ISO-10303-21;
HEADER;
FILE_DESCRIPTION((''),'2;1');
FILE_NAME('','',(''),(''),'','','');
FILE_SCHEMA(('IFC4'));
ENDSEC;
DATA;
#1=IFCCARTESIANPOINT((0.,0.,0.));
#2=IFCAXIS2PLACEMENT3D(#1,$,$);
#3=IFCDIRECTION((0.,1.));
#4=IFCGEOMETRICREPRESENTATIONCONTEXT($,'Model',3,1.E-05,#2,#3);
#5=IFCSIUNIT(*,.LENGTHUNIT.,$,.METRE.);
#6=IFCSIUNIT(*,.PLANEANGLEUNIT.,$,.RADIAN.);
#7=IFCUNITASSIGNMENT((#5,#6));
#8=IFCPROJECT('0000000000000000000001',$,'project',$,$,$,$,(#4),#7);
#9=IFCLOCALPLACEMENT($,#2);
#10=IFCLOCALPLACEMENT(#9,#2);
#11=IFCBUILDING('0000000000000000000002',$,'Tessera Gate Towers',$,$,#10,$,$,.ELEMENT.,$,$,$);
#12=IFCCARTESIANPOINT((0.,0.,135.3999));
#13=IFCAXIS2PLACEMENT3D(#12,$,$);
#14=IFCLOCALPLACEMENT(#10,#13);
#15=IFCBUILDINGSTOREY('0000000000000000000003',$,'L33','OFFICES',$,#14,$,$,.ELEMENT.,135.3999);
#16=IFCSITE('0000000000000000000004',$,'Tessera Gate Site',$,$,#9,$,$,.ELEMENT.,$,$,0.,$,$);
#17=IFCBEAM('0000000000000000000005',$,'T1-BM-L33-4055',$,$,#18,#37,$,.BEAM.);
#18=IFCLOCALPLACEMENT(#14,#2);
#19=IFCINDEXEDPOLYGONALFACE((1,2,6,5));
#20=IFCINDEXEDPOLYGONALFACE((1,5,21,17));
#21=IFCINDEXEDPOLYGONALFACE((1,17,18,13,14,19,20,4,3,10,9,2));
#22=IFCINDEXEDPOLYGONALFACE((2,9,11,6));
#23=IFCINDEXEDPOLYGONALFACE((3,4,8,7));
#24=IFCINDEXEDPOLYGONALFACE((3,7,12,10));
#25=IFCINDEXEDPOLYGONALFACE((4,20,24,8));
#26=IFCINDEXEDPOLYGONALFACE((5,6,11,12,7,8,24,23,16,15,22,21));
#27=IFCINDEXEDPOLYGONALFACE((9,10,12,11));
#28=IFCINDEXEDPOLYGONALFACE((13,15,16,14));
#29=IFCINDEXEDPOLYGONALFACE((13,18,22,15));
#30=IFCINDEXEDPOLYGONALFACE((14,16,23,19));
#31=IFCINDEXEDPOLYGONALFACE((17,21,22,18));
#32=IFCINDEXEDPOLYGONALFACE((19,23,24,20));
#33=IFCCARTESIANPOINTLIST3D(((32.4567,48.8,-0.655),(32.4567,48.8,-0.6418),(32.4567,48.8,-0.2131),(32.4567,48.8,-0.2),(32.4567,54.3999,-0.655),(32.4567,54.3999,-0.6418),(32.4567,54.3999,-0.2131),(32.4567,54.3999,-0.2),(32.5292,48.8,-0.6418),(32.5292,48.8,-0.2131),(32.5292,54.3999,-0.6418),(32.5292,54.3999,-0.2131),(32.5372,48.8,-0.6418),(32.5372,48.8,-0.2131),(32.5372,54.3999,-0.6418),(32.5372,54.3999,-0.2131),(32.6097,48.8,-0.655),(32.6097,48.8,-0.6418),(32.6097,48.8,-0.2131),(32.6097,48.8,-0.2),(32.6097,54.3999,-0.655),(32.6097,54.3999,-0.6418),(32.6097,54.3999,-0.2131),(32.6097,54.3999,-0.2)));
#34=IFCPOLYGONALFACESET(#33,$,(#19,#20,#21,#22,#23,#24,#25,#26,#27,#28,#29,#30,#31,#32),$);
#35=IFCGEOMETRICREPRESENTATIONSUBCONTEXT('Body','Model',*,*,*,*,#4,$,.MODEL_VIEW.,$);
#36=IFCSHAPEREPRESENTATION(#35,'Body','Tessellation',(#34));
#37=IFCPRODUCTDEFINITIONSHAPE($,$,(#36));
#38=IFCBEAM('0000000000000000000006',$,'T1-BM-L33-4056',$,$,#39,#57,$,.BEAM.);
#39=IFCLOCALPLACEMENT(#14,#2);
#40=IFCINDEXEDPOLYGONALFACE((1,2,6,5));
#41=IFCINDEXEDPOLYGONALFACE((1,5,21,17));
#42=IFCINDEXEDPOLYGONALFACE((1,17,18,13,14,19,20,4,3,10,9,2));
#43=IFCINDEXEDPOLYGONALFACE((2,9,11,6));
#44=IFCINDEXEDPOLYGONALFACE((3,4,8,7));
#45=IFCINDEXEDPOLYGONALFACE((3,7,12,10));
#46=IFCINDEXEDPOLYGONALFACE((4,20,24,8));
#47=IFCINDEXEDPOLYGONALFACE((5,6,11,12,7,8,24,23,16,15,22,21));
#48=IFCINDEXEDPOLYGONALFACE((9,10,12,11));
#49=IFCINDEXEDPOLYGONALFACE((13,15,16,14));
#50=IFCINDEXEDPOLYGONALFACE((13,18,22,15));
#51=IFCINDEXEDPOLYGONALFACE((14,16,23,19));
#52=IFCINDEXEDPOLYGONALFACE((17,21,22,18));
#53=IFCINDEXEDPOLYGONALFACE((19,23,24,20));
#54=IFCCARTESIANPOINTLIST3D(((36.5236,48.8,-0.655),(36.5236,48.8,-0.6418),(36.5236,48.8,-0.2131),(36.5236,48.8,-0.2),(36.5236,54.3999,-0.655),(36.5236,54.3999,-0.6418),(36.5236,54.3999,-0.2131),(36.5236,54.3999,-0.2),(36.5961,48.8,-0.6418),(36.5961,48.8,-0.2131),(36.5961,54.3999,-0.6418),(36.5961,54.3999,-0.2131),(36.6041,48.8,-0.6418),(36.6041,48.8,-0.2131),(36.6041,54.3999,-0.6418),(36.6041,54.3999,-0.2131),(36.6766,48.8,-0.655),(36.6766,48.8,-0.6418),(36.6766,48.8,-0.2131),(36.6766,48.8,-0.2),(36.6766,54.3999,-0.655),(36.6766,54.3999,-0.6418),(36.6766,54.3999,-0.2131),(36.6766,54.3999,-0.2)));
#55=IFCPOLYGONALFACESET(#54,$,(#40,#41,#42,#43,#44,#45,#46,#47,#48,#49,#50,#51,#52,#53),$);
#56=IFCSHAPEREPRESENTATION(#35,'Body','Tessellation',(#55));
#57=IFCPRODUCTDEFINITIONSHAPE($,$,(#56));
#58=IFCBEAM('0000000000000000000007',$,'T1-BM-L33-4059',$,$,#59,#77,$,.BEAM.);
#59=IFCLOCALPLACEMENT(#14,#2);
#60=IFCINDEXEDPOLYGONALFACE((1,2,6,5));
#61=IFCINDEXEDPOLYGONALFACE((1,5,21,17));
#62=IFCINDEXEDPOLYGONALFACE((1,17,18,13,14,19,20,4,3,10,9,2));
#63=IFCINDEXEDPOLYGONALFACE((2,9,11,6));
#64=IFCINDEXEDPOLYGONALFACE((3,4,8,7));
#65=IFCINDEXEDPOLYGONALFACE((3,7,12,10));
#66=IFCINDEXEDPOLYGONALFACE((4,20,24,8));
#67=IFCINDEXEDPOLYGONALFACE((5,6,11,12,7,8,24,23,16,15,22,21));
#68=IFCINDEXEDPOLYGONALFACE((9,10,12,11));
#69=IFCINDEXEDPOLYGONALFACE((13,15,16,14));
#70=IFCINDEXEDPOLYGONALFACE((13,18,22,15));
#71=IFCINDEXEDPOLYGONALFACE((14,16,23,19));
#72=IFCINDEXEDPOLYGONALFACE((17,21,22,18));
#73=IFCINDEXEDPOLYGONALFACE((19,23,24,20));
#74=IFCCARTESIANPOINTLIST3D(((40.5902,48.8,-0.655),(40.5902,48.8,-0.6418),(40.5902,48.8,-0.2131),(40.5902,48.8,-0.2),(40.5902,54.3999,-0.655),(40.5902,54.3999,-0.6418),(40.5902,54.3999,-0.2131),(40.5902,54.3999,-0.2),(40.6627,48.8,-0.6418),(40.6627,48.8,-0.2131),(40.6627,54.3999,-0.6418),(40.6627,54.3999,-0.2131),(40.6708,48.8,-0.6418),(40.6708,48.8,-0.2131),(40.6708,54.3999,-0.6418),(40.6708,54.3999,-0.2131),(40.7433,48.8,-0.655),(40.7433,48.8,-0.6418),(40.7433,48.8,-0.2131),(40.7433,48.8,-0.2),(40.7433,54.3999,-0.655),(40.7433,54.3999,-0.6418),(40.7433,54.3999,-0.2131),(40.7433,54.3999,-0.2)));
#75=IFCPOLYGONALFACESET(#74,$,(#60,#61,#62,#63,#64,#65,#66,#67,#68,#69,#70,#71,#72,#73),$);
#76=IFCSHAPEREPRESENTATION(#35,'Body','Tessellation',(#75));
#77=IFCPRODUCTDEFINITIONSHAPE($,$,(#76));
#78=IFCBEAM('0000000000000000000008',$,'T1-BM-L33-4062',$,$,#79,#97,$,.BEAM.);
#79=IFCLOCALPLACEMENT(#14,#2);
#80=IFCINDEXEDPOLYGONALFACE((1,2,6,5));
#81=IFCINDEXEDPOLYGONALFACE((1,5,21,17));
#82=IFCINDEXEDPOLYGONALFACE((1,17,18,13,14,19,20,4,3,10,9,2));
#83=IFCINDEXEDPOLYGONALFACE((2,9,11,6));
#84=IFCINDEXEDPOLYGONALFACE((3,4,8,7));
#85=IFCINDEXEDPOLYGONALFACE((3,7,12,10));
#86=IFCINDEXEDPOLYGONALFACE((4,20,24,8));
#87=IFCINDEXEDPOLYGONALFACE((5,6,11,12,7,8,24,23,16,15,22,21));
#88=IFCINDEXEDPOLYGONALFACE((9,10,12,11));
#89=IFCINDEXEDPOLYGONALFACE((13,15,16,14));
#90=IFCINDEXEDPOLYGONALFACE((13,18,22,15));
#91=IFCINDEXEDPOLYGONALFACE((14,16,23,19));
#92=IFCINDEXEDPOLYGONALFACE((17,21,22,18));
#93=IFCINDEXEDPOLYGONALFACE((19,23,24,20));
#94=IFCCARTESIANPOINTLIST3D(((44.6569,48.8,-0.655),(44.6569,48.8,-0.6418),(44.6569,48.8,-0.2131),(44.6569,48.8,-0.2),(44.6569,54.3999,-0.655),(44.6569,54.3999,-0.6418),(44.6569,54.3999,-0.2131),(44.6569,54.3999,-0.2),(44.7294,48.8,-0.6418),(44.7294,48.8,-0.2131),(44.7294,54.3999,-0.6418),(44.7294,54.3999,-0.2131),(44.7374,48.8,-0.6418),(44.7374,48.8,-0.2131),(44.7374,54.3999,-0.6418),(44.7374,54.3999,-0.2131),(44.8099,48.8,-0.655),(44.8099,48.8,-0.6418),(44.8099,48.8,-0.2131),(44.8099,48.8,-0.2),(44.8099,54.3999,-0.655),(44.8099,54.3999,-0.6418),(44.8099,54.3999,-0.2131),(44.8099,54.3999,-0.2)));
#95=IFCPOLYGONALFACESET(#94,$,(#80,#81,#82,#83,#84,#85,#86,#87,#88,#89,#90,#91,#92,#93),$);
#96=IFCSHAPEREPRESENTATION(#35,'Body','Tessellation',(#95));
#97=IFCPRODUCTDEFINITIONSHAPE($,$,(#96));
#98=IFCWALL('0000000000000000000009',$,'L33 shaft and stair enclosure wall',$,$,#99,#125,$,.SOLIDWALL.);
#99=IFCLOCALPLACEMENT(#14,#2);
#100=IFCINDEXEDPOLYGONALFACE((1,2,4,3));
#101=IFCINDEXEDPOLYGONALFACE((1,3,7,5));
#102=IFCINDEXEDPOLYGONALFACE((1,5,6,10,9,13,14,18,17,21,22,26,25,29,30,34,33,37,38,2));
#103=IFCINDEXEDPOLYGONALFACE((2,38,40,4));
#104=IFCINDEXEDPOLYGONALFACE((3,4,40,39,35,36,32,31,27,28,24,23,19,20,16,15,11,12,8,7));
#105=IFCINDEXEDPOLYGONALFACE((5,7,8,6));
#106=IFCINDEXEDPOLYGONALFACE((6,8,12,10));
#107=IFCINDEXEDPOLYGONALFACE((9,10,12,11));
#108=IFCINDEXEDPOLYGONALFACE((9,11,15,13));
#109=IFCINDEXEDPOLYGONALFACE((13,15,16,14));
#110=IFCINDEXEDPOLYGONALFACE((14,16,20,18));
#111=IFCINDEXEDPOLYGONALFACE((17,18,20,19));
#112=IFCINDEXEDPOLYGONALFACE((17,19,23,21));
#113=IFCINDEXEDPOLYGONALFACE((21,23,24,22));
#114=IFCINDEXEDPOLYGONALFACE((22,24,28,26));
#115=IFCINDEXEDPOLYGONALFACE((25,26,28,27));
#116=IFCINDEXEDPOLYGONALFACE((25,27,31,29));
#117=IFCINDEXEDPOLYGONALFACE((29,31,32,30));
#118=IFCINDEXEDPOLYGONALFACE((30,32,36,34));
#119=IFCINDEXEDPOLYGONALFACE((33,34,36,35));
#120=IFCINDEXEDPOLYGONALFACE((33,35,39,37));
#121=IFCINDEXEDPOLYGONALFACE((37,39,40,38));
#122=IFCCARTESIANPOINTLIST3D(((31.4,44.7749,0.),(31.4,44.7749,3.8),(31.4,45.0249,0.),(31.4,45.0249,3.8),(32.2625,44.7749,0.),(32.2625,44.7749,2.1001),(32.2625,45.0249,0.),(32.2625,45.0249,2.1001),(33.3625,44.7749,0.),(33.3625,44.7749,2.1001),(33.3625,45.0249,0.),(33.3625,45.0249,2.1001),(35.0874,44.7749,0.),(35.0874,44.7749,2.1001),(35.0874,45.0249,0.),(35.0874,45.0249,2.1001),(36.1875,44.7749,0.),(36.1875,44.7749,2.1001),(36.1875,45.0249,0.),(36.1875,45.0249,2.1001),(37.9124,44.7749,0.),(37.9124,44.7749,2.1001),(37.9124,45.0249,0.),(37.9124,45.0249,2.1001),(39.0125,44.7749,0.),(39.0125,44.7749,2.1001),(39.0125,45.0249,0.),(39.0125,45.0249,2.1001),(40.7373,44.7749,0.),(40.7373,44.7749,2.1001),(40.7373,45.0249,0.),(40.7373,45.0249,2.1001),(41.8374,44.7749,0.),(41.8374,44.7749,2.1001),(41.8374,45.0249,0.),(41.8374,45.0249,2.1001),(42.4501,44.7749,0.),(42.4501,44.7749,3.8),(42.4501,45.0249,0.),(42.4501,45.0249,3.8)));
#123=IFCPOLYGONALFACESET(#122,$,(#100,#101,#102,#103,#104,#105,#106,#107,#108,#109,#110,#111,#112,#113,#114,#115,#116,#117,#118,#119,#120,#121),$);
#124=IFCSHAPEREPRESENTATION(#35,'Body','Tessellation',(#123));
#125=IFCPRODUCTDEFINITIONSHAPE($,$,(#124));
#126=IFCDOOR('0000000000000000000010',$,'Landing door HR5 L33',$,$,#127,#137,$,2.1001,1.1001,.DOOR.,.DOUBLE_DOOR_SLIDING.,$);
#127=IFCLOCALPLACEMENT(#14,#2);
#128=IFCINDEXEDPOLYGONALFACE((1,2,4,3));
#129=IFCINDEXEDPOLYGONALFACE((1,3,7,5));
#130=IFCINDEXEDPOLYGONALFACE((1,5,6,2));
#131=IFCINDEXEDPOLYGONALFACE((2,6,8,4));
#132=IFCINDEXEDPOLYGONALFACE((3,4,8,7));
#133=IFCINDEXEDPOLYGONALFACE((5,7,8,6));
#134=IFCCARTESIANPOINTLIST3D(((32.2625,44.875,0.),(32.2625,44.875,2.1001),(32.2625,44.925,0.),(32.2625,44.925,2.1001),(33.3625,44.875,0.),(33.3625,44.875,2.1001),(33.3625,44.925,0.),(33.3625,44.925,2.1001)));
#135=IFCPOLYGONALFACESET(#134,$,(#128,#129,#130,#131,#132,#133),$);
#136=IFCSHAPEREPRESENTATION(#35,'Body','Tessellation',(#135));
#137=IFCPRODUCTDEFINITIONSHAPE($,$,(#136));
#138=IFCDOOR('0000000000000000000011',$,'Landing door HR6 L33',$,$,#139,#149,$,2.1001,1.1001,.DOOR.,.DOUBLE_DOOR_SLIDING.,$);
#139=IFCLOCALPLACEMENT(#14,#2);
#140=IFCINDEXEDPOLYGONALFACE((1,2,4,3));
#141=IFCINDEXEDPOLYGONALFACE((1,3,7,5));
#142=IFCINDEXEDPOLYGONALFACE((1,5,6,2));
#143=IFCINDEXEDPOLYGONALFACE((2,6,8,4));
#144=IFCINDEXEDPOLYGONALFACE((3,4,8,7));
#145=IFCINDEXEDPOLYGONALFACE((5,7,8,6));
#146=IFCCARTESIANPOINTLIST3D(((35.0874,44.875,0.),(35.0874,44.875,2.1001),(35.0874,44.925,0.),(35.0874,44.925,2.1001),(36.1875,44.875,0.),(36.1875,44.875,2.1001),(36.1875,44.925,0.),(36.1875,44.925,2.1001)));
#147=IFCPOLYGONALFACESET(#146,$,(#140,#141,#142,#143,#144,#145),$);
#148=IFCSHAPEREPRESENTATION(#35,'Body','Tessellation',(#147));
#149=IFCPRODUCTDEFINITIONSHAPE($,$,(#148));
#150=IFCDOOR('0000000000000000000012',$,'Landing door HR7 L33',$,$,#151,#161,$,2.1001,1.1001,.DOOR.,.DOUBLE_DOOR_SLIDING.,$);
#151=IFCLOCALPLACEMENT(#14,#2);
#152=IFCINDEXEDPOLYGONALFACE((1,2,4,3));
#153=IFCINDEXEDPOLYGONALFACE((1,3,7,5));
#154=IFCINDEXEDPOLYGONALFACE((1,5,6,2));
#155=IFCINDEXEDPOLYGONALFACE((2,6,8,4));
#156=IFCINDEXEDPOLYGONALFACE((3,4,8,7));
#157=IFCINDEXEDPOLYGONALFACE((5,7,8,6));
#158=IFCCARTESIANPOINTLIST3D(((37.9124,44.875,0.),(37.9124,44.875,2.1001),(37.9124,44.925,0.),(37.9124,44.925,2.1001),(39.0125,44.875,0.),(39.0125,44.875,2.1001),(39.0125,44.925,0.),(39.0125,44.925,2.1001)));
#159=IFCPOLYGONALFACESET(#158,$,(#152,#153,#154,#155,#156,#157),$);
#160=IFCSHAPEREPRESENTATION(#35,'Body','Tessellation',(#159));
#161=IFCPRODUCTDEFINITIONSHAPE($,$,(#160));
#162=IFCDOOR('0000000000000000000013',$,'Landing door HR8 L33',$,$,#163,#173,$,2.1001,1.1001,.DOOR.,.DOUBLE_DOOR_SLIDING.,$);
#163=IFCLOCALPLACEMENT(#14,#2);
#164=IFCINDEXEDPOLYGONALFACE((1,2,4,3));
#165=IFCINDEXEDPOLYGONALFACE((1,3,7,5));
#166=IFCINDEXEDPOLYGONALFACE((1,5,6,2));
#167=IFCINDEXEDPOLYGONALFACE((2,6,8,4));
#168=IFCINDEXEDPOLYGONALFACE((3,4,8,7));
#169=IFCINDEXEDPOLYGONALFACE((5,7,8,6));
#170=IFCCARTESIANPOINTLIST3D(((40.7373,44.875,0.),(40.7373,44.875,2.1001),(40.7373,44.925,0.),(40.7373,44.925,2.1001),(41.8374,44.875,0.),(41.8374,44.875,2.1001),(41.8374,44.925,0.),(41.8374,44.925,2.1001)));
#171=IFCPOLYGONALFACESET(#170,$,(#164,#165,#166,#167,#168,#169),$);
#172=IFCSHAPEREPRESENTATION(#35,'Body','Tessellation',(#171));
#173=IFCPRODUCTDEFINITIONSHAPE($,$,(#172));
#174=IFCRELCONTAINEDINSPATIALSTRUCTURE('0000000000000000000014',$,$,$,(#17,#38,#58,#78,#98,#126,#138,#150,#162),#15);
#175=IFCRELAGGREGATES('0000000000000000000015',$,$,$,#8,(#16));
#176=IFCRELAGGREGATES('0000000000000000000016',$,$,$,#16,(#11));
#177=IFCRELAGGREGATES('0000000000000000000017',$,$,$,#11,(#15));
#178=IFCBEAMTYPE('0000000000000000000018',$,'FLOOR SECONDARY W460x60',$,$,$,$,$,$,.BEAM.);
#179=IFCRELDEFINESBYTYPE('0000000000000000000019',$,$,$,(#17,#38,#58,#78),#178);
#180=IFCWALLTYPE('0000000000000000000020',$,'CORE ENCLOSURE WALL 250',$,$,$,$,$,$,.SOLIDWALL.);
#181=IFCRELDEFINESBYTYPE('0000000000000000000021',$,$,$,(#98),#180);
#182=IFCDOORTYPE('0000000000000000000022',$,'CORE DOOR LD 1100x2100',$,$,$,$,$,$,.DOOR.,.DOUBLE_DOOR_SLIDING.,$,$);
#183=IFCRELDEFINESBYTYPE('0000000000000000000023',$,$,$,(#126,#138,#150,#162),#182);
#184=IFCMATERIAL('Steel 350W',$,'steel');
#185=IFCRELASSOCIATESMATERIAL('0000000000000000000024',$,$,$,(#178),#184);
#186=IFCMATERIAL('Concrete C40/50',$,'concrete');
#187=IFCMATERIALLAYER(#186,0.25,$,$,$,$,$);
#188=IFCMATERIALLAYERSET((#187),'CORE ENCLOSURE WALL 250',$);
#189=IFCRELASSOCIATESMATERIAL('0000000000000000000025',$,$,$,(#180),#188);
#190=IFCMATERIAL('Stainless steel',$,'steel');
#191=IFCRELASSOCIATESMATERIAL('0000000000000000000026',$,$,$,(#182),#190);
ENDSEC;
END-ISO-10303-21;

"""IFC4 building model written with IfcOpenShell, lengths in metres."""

from ifc_helpers import new_model, si_unit, direction, frame, frame_2d, origin, origin_2d, place, context, subcontext, project, spatial, rectangle, i_section, extrude, source, transform, mapped, material, layer, layer_set, material_profile, profile_set, type_object, element, fill, save


model = new_model("IFC4")

# Units and contexts
model_context = context("Model", 3, precision=1e-05, world=origin(), true_north=direction((0.0, 1.0)))
body_context = subcontext(model_context, "Body", "Model", "MODEL_VIEW")
ifc_project = project(units=[si_unit("LENGTHUNIT", "METRE"), si_unit("PLANEANGLEUNIT", "RADIAN")], contexts=[model_context])

# Site, building, storey
site_placement = place(None, origin())
site = spatial("IfcSite", under=ifc_project, at=site_placement, Name="Tessera Gate Site", CompositionType="ELEMENT", RefElevation=0.0)
building_placement = place(site_placement, origin())
building = spatial("IfcBuilding", under=site, at=building_placement, Name="Tessera Gate Towers", CompositionType="ELEMENT")
storey_placement = place(building_placement, frame((0.0, 0.0, 135.3999)))
storey = spatial("IfcBuildingStorey", under=building, at=storey_placement, Name="L33", Description="OFFICES", CompositionType="ELEMENT", Elevation=135.3999)

# Beams
ifc_material_1 = material(Name="Steel 350W", Category="steel")
ifc_material_profile = material_profile(ifc_material_1, i_section(OverallWidth=0.1531, OverallDepth=0.4551, WebThickness=0.0081, FlangeThickness=0.0132, at=origin_2d()), Name="W460x60")
ifc_profile_set = profile_set([ifc_material_profile], Name="Steel 350W")
beam_type = type_object("IfcBeamType", Name="FLOOR SECONDARY W460x60", PredefinedType="BEAM", material=ifc_profile_set)
for number, where, z_axis, x_axis, name in (
    (1, (32.5332, 48.8, -0.4275), (0.0, 1.0, 0.0), (-1.0, 0.0, 0.0), "T1-BM-L33-4055"),
    (2, (36.6001, 48.8, -0.4275), (0.0, 1.0, 0.0), (-1.0, 0.0, 0.0), "T1-BM-L33-4056"),
    (3, (40.6667, 48.8, -0.4275), (0.0, 1.0, 0.0), (-1.0, 0.0, 0.0), "T1-BM-L33-4059"),
    (4, (44.7334, 48.8, -0.4275), (0.0, 1.0, 0.0), (-1.0, 0.0, 0.0), "T1-BM-L33-4062"),
):
    element("IfcBeam", number, at=place(storey_placement, frame(where, z_axis=z_axis, x_axis=x_axis)), inside=storey, type_object=beam_type, Name=name, PredefinedType="BEAM", context=body_context, shape_type="SweptSolid", body=[
        extrude(i_section(OverallWidth=0.1531, OverallDepth=0.4551, WebThickness=0.0081, FlangeThickness=0.0132, at=origin_2d()), origin(), (0.0, 0.0, 1.0), 5.5999),
    ])

# Wall, openings, doors
ifc_material_2 = material(Name="Concrete C40/50", Category="concrete")
ifc_layer_1 = layer(ifc_material_2, 0.25)
ifc_layer_set_1 = layer_set([ifc_layer_1], Name="CORE ENCLOSURE WALL 250")
wall_type_1 = type_object("IfcWallType", Name="CORE ENCLOSURE WALL 250", PredefinedType="SOLIDWALL", material=ifc_layer_set_1)
wall_1_placement = place(storey_placement, frame((42.45, 44.8999, 0.0), z_axis=(0.0, 0.0, 1.0), x_axis=(-1.0, 0.0, 0.0)))
wall_1 = element("IfcWall", 5, at=wall_1_placement, inside=storey, type_object=wall_type_1, Name="L33 shaft and stair enclosure wall", PredefinedType="SOLIDWALL", context=body_context, shape_type="SweptSolid", body=[
    extrude(rectangle(XDim=11.05, YDim=0.25, at=frame_2d((5.5249, 0.0))), origin(), (0.0, 0.0, 1.0), 3.8),
])
shared_shape_1 = source(origin(), body_context, "Body", "SweptSolid", [
    extrude(rectangle(XDim=1.1001, YDim=2.1001, at=frame_2d((0.55, 1.05))), frame((0.0, 0.135, 0.0), z_axis=(0.0, -1.0, 0.0), x_axis=(1.0, 0.0, 0.0)), (0.0, 0.0, 1.0), 0.27),
])
opening_1_placement = place(wall_1_placement, frame((9.0874, 0.0, 0.0)))
opening_1 = element("IfcOpeningElement", 6, at=opening_1_placement, cuts=wall_1, PredefinedType="OPENING", context=body_context, shape_type="MappedRepresentation", body=[
    mapped(shared_shape_1, transform((0.0, 0.0, 0.0), scale=1.0)),
])
opening_2_placement = place(wall_1_placement, frame((6.2625, 0.0, 0.0)))
opening_2 = element("IfcOpeningElement", 7, at=opening_2_placement, cuts=wall_1, PredefinedType="OPENING", context=body_context, shape_type="MappedRepresentation", body=[
    mapped(shared_shape_1, transform((0.0, 0.0, 0.0), scale=1.0)),
])
opening_3_placement = place(wall_1_placement, frame((3.4375, 0.0, 0.0)))
opening_3 = element("IfcOpeningElement", 8, at=opening_3_placement, cuts=wall_1, PredefinedType="OPENING", context=body_context, shape_type="MappedRepresentation", body=[
    mapped(shared_shape_1, transform((0.0, 0.0, 0.0), scale=1.0)),
])
opening_4_placement = place(wall_1_placement, frame((0.6125, 0.0, 0.0)))
opening_4 = element("IfcOpeningElement", 9, at=opening_4_placement, cuts=wall_1, PredefinedType="OPENING", context=body_context, shape_type="MappedRepresentation", body=[
    mapped(shared_shape_1, transform((0.0, 0.0, 0.0), scale=1.0)),
])
ifc_material_3 = material(Name="Stainless steel", Category="steel")
door_type_1 = type_object("IfcDoorType", Name="CORE DOOR LD 1100x2100", OperationType="DOUBLE_DOOR_SLIDING", PredefinedType="DOOR", material=ifc_material_3)
shared_shape_2 = source(origin(), body_context, "Body", "SweptSolid", [
    extrude(rectangle(XDim=1.1001, YDim=2.1001, at=frame_2d((0.55, 1.05))), frame((0.0, 0.0249, 0.0), z_axis=(0.0, -1.0, 0.0), x_axis=(1.0, 0.0, 0.0)), (0.0, 0.0, 1.0), 0.05),
])
door_1_placement = place(opening_1_placement, origin())
door_1 = element("IfcDoor", 10, at=door_1_placement, inside=storey, type_object=door_type_1, Name="Landing door HR5 L33", OperationType="DOUBLE_DOOR_SLIDING", OverallHeight=2.1001, OverallWidth=1.1001, PredefinedType="DOOR", context=body_context, shape_type="MappedRepresentation", body=[
    mapped(shared_shape_2, transform((0.0, 0.0, 0.0), scale=1.0)),
])
fill(opening_1, door_1)
door_2_placement = place(opening_2_placement, origin())
door_2 = element("IfcDoor", 11, at=door_2_placement, inside=storey, type_object=door_type_1, Name="Landing door HR6 L33", OperationType="DOUBLE_DOOR_SLIDING", OverallHeight=2.1001, OverallWidth=1.1001, PredefinedType="DOOR", context=body_context, shape_type="MappedRepresentation", body=[
    mapped(shared_shape_2, transform((0.0, 0.0, 0.0), scale=1.0)),
])
fill(opening_2, door_2)
door_3_placement = place(opening_3_placement, origin())
door_3 = element("IfcDoor", 12, at=door_3_placement, inside=storey, type_object=door_type_1, Name="Landing door HR7 L33", OperationType="DOUBLE_DOOR_SLIDING", OverallHeight=2.1001, OverallWidth=1.1001, PredefinedType="DOOR", context=body_context, shape_type="MappedRepresentation", body=[
    mapped(shared_shape_2, transform((0.0, 0.0, 0.0), scale=1.0)),
])
fill(opening_3, door_3)
door_4_placement = place(opening_4_placement, origin())
door_4 = element("IfcDoor", 13, at=door_4_placement, inside=storey, type_object=door_type_1, Name="Landing door HR8 L33", OperationType="DOUBLE_DOOR_SLIDING", OverallHeight=2.1001, OverallWidth=1.1001, PredefinedType="DOOR", context=body_context, shape_type="MappedRepresentation", body=[
    mapped(shared_shape_2, transform((0.0, 0.0, 0.0), scale=1.0)),
])
fill(opening_4, door_4)

save(model, "model.ifc")
